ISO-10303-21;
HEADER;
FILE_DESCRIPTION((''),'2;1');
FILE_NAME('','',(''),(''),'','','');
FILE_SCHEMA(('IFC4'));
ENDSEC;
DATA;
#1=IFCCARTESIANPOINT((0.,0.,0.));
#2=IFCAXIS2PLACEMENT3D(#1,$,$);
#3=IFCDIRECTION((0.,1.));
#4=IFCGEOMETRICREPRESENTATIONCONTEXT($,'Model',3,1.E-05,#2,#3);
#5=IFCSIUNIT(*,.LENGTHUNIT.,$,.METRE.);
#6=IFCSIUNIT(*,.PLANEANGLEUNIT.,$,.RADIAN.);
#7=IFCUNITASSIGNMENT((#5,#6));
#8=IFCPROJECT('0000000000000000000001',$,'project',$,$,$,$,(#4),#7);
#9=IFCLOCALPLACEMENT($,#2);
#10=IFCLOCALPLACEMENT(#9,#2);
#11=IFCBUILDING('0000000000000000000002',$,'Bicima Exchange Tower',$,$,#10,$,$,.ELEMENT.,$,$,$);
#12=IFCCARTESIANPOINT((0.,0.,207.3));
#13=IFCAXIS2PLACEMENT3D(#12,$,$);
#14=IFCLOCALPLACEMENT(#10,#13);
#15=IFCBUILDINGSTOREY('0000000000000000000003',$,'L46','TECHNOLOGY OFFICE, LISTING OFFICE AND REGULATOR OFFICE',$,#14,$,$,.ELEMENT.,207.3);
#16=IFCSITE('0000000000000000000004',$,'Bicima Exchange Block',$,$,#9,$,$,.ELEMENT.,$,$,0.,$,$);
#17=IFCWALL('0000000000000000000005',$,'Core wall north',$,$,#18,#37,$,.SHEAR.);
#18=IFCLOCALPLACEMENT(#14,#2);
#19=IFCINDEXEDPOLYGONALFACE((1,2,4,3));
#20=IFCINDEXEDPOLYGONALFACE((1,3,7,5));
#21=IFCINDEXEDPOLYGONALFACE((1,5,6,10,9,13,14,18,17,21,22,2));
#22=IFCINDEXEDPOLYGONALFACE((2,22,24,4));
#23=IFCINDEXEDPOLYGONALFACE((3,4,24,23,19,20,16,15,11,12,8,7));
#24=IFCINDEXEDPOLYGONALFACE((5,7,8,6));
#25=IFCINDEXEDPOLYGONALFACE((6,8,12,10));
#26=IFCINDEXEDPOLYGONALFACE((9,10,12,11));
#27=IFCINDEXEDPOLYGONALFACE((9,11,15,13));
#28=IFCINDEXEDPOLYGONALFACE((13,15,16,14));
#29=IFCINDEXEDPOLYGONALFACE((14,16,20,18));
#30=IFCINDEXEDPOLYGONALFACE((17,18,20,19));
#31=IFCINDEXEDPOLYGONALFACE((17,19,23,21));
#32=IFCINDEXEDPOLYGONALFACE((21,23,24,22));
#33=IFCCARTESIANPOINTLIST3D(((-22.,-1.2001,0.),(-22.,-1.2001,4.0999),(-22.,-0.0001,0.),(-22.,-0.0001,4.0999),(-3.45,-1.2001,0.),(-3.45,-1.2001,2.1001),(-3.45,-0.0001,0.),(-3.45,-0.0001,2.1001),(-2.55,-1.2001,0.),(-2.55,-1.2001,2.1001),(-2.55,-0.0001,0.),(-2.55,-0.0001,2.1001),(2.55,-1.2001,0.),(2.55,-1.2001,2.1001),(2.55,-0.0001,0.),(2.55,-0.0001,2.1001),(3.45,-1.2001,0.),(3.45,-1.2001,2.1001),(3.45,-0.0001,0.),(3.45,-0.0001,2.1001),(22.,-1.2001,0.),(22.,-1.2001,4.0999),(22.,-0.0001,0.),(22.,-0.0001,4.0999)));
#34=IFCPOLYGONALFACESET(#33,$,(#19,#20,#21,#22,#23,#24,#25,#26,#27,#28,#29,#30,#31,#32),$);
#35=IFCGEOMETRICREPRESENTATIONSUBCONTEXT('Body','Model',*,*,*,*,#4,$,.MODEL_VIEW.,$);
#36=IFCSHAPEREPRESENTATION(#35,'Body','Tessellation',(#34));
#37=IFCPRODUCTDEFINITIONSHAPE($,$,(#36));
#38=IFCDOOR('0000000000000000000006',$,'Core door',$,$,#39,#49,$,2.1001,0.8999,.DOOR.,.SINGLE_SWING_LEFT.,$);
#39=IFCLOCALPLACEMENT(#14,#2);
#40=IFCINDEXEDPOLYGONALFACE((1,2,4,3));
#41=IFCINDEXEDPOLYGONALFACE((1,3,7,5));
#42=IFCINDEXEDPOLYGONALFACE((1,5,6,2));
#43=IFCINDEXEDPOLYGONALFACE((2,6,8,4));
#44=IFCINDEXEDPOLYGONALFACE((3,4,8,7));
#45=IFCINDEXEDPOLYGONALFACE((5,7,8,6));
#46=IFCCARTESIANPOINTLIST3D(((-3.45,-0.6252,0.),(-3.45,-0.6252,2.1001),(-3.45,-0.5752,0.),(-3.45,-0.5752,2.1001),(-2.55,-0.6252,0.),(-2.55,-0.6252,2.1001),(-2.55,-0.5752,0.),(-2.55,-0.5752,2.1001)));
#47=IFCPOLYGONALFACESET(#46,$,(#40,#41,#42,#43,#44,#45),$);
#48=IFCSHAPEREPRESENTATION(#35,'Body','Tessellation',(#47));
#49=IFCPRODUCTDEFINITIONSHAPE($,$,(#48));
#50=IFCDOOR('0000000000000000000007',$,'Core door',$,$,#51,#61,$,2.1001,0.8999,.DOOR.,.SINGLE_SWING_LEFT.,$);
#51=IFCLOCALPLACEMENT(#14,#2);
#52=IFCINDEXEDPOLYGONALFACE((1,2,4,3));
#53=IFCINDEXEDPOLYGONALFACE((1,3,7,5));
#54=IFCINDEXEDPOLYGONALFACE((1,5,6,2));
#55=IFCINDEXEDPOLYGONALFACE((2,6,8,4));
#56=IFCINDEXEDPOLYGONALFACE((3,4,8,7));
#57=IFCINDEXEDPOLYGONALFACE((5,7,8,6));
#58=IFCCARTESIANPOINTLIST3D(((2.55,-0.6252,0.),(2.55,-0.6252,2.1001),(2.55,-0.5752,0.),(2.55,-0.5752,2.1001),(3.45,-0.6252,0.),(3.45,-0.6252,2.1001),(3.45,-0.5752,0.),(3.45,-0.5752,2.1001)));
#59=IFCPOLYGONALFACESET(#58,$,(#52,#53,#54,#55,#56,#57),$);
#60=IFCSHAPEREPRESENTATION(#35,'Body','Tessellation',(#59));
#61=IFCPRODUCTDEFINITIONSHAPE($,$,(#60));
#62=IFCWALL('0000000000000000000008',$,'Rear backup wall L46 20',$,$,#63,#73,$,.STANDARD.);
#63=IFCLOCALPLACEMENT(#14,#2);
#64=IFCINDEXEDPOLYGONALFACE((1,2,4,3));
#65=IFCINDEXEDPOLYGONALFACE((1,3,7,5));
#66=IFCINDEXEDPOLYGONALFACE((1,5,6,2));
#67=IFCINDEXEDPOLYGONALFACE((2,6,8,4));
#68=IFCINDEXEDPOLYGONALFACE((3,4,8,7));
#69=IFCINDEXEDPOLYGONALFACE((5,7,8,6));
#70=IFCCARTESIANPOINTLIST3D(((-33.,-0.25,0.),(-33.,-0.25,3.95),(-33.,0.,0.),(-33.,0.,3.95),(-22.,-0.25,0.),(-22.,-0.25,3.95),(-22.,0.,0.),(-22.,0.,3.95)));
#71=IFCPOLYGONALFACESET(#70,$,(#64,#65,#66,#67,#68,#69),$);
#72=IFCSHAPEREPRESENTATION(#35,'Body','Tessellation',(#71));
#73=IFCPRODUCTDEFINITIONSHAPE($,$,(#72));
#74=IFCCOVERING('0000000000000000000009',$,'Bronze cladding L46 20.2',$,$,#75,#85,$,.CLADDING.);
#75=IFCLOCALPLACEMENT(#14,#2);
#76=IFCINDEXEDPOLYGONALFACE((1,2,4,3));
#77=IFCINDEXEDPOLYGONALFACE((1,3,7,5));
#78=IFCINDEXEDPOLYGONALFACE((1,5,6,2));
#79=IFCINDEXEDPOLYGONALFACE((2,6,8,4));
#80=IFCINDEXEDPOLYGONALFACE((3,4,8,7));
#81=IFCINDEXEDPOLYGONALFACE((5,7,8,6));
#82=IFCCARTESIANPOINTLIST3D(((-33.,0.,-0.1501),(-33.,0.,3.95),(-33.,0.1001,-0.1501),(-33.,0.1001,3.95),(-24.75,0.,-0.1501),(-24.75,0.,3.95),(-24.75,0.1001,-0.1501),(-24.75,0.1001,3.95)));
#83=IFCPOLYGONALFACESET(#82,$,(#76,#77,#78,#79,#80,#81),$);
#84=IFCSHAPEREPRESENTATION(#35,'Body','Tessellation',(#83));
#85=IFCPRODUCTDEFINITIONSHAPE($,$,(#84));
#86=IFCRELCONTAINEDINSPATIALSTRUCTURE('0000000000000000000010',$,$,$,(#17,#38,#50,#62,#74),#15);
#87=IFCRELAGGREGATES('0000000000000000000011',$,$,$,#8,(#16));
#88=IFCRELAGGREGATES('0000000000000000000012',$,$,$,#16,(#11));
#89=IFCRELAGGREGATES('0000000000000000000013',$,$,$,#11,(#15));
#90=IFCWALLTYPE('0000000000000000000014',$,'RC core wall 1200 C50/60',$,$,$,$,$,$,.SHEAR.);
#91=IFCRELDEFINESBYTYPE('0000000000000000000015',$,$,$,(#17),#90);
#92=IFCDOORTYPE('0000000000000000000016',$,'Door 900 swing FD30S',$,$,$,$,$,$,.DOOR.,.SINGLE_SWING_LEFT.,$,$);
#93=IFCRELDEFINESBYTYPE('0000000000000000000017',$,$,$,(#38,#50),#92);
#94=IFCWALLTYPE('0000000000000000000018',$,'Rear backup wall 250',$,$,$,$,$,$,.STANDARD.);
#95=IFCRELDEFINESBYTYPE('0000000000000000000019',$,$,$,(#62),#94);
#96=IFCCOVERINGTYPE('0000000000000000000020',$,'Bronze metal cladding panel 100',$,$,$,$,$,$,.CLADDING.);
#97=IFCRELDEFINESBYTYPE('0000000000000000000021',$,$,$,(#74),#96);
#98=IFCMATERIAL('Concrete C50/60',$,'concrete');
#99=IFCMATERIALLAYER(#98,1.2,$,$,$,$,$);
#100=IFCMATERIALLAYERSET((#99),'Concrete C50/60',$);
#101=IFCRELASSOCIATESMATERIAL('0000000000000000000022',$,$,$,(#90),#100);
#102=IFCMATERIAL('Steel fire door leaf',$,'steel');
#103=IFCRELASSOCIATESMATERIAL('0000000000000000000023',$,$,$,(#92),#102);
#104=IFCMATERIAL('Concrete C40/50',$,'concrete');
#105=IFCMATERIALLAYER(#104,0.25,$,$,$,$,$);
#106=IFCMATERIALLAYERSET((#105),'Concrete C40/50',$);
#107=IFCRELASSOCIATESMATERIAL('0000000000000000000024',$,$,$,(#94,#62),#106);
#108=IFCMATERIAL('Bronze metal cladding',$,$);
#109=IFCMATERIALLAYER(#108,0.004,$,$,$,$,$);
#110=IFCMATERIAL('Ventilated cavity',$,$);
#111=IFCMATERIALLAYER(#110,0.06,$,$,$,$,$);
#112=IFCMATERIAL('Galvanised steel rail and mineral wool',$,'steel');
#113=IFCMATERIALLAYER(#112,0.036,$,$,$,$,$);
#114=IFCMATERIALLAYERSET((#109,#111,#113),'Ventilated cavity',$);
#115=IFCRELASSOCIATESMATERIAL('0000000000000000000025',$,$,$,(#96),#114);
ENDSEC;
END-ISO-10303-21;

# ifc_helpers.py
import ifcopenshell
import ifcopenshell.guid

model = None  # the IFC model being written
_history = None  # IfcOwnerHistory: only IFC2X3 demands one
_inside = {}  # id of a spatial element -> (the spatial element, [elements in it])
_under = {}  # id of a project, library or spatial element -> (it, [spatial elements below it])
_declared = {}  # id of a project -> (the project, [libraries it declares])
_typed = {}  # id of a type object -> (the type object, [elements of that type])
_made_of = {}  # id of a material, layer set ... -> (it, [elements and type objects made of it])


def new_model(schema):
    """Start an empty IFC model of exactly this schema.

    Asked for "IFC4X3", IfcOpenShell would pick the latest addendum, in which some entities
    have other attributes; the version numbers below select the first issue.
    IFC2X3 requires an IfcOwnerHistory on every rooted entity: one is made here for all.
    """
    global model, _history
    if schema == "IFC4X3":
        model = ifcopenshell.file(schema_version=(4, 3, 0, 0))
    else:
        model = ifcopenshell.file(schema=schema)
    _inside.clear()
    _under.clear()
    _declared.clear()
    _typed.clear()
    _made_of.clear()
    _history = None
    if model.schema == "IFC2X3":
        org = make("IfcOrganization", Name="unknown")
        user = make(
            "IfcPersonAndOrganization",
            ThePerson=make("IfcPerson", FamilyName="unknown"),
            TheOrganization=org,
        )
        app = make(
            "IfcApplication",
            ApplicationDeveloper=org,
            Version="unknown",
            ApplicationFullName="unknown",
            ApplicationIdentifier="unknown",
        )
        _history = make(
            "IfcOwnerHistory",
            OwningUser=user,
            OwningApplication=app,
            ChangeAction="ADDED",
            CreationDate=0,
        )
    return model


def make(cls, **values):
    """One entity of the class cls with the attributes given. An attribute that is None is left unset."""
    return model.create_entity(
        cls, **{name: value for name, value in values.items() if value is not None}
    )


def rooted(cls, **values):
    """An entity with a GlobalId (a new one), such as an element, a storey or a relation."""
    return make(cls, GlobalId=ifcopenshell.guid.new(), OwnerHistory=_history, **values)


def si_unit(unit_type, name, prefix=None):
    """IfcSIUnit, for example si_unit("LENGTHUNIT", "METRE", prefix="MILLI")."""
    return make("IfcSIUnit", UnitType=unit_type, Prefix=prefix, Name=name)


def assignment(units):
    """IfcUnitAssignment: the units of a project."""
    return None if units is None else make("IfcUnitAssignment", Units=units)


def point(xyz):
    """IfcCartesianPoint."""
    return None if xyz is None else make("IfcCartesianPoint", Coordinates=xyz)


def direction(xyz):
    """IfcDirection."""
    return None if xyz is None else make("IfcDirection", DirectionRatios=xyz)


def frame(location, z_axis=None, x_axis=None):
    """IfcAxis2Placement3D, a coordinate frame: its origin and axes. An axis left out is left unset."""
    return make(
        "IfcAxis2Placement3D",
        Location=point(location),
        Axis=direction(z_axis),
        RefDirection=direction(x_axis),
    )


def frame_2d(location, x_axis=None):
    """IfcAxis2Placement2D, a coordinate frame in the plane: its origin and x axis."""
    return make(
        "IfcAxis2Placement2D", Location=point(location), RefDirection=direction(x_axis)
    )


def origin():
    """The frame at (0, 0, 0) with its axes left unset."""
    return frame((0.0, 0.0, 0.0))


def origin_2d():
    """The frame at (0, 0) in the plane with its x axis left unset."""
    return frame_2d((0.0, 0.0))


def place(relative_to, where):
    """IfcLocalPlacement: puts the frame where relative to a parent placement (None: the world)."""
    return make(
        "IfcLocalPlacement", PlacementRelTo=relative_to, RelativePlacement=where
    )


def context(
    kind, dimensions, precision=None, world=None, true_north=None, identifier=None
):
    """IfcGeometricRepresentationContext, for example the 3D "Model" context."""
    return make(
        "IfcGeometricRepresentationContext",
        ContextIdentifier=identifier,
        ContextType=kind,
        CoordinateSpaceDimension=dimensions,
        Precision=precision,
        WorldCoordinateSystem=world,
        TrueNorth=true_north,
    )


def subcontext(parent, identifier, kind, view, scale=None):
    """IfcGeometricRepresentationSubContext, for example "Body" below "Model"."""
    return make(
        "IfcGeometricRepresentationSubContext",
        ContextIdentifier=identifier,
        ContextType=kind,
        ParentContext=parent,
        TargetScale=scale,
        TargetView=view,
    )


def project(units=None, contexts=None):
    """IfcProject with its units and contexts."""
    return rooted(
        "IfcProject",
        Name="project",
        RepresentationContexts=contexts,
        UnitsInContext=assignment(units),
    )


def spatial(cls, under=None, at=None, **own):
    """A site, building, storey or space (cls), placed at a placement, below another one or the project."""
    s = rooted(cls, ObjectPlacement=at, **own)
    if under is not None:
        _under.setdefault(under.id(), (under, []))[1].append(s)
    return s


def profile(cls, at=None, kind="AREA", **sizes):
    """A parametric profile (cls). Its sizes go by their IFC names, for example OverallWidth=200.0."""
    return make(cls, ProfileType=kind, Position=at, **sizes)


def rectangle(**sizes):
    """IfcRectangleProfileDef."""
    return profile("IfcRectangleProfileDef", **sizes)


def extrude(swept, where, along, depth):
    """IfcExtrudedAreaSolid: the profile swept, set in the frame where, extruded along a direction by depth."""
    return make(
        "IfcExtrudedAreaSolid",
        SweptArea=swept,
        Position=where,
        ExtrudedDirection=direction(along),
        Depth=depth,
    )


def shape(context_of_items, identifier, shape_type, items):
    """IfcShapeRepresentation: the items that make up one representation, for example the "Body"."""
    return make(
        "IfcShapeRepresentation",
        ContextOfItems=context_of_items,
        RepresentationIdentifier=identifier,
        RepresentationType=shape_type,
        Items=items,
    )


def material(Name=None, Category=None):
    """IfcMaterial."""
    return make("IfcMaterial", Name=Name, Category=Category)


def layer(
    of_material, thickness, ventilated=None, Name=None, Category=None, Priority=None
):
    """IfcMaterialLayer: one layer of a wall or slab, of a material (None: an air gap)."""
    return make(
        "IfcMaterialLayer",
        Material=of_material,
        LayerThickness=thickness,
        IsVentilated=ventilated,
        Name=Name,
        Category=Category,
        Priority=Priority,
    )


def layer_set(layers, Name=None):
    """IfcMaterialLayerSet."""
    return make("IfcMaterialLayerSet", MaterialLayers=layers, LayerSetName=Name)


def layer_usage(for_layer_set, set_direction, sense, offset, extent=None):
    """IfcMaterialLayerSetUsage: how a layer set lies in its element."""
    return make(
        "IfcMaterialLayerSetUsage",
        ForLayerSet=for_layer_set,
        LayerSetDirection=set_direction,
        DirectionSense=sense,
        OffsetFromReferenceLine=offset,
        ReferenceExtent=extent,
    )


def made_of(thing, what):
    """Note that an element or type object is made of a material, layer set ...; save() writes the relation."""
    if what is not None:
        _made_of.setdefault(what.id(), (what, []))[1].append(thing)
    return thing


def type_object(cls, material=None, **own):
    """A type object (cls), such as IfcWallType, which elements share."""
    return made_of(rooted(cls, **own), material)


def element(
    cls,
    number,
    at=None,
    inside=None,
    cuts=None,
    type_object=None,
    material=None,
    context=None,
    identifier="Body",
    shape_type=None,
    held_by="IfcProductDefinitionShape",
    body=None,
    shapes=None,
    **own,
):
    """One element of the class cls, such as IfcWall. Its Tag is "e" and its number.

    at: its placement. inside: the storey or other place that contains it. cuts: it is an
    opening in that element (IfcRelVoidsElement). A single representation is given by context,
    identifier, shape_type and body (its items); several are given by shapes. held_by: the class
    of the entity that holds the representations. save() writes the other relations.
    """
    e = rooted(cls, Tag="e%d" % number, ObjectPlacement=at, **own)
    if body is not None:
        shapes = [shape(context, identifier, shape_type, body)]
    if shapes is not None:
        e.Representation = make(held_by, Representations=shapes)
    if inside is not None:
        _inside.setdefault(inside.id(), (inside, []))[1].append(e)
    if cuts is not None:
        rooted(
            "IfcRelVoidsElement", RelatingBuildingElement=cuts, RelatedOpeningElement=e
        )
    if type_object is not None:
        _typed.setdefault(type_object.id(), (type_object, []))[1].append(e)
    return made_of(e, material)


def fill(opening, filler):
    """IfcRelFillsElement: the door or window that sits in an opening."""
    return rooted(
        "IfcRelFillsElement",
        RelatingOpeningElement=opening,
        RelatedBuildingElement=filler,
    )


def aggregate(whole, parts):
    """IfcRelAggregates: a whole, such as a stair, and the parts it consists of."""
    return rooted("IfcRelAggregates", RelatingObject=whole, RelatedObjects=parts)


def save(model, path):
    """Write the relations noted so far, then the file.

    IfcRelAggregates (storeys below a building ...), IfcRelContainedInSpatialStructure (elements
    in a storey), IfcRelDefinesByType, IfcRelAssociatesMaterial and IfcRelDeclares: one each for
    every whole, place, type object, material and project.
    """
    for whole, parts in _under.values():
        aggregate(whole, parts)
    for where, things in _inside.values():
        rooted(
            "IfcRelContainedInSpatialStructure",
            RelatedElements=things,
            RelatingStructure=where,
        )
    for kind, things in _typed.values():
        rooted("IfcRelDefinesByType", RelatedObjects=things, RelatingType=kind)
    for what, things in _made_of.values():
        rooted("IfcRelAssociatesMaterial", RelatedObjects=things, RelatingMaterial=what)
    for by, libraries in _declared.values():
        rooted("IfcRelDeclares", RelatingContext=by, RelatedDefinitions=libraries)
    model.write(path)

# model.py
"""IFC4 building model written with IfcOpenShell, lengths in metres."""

from ifc_helpers import new_model, si_unit, direction, frame, frame_2d, origin, origin_2d, place, context, subcontext, project, spatial, rectangle, extrude, material, layer, layer_set, layer_usage, type_object, element, fill, save


model = new_model("IFC4")

# Units and contexts
model_context = context("Model", 3, precision=1e-05, world=origin(), true_north=direction((0.0, 1.0)))
body_context = subcontext(model_context, "Body", "Model", "MODEL_VIEW")
ifc_project = project(units=[si_unit("LENGTHUNIT", "METRE"), si_unit("PLANEANGLEUNIT", "RADIAN")], contexts=[model_context])

# Site, building, storey
site_placement = place(None, origin())
site = spatial("IfcSite", under=ifc_project, at=site_placement, Name="Bicima Exchange Block", CompositionType="ELEMENT", RefElevation=0.0)
building_placement = place(site_placement, origin())
building = spatial("IfcBuilding", under=site, at=building_placement, Name="Bicima Exchange Tower", CompositionType="ELEMENT")
storey_placement = place(building_placement, frame((0.0, 0.0, 207.3)))
storey = spatial("IfcBuildingStorey", under=building, at=storey_placement, Name="L46", Description="TECHNOLOGY OFFICE, LISTING OFFICE AND REGULATOR OFFICE", CompositionType="ELEMENT", Elevation=207.3)

# Wall, openings, doors
ifc_material_1 = material(Name="Concrete C50/60", Category="concrete")
ifc_layer_1 = layer(ifc_material_1, 1.2)
ifc_layer_set_1 = layer_set([ifc_layer_1], Name="Concrete C50/60")
wall_type_1 = type_object("IfcWallType", Name="RC core wall 1200 C50/60", PredefinedType="SHEAR", material=ifc_layer_set_1)
wall_1_placement = place(storey_placement, frame((-22.0, -0.6001, 0.0), z_axis=(0.0, 0.0, 1.0), x_axis=(1.0, 0.0, 0.0)))
wall_1 = element("IfcWall", 1, at=wall_1_placement, inside=storey, type_object=wall_type_1, Name="Core wall north", PredefinedType="SHEAR", context=body_context, shape_type="SweptSolid", body=[
    extrude(rectangle(XDim=44.0, YDim=1.2, at=frame_2d((22.0, 0.0))), origin(), (0.0, 0.0, 1.0), 4.0999),
])
opening_1_placement = place(wall_1_placement, frame((18.55, 0.0, 0.0)))
opening_1 = element("IfcOpeningElement", 2, at=opening_1_placement, cuts=wall_1, PredefinedType="OPENING", context=body_context, shape_type="SweptSolid", body=[
    extrude(rectangle(XDim=0.8999, YDim=2.1001, at=frame_2d((0.45, 1.05))), frame((0.0, 0.6118, 0.0), z_axis=(0.0, -1.0, 0.0), x_axis=(1.0, 0.0, 0.0)), (0.0, 0.0, 1.0), 1.2239),
])
opening_2_placement = place(wall_1_placement, frame((24.55, 0.0, 0.0)))
opening_2 = element("IfcOpeningElement", 3, at=opening_2_placement, cuts=wall_1, PredefinedType="OPENING", context=body_context, shape_type="SweptSolid", body=[
    extrude(rectangle(XDim=0.8999, YDim=2.1001, at=frame_2d((0.45, 1.05))), frame((0.0, 0.6118, 0.0), z_axis=(0.0, -1.0, 0.0), x_axis=(1.0, 0.0, 0.0)), (0.0, 0.0, 1.0), 1.2239),
])
ifc_material_2 = material(Name="Steel fire door leaf", Category="steel")
door_type = type_object("IfcDoorType", Name="Door 900 swing FD30S", OperationType="SINGLE_SWING_LEFT", PredefinedType="DOOR", material=ifc_material_2)
door_1_placement = place(opening_1_placement, origin())
door_1 = element("IfcDoor", 4, at=door_1_placement, inside=storey, type_object=door_type, Name="Core door", OperationType="SINGLE_SWING_LEFT", OverallHeight=2.1001, OverallWidth=0.8999, PredefinedType="DOOR", context=body_context, shape_type="SweptSolid", body=[
    extrude(rectangle(XDim=0.8999, YDim=2.1001, at=frame_2d((0.45, 1.05))), frame((0.0, 0.0249, 0.0), z_axis=(0.0, -1.0, 0.0), x_axis=(1.0, 0.0, 0.0)), (0.0, 0.0, 1.0), 0.05),
])
fill(opening_1, door_1)
door_2_placement = place(opening_2_placement, origin())
door_2 = element("IfcDoor", 5, at=door_2_placement, inside=storey, type_object=door_type, Name="Core door", OperationType="SINGLE_SWING_LEFT", OverallHeight=2.1001, OverallWidth=0.8999, PredefinedType="DOOR", context=body_context, shape_type="SweptSolid", body=[
    extrude(rectangle(XDim=0.8999, YDim=2.1001, at=frame_2d((0.45, 1.05))), frame((0.0, 0.0249, 0.0), z_axis=(0.0, -1.0, 0.0), x_axis=(1.0, 0.0, 0.0)), (0.0, 0.0, 1.0), 0.05),
])
fill(opening_2, door_2)

# Wall
ifc_material_3 = material(Name="Concrete C40/50", Category="concrete")
ifc_layer_2 = layer(ifc_material_3, 0.25)
ifc_layer_set_2 = layer_set([ifc_layer_2], Name="Concrete C40/50")
ifc_layer_usage = layer_usage(ifc_layer_set_2, "AXIS2", "POSITIVE", -0.125)
wall_type_2 = type_object("IfcWallType", Name="Rear backup wall 250", PredefinedType="STANDARD", material=ifc_layer_set_2)
wall_2_placement = place(storey_placement, frame((-22.0, -0.125, 0.0), z_axis=(0.0, 0.0, 1.0), x_axis=(-1.0, 0.0, 0.0)))
element("IfcWall", 6, at=wall_2_placement, inside=storey, type_object=wall_type_2, material=ifc_layer_usage, Name="Rear backup wall L46 20", PredefinedType="STANDARD", context=body_context, shape_type="SweptSolid", body=[
    extrude(rectangle(XDim=11.0, YDim=0.25, at=frame_2d((5.5, 0.0))), origin(), (0.0, 0.0, 1.0), 3.95),
])

# Covering
ifc_material_4 = material(Name="Bronze metal cladding")
ifc_layer_3 = layer(ifc_material_4, 0.004)
ifc_material_5 = material(Name="Ventilated cavity")
ifc_layer_4 = layer(ifc_material_5, 0.06)
ifc_material_6 = material(Name="Galvanised steel rail and mineral wool", Category="steel")
ifc_layer_5 = layer(ifc_material_6, 0.036)
ifc_layer_set_3 = layer_set([ifc_layer_3, ifc_layer_4, ifc_layer_5], Name="Ventilated cavity")
covering_type = type_object("IfcCoveringType", Name="Bronze metal cladding panel 100", PredefinedType="CLADDING", material=ifc_layer_set_3)
covering_placement = place(storey_placement, frame((-28.875, 0.05, -0.1501), z_axis=(0.0, 0.0, 1.0), x_axis=(-1.0, 0.0, 0.0)))
element("IfcCovering", 7, at=covering_placement, inside=storey, type_object=covering_type, Name="Bronze cladding L46 20.2", PredefinedType="CLADDING", context=body_context, shape_type="SweptSolid", body=[
    extrude(rectangle(XDim=8.25, YDim=0.1001, at=origin_2d()), origin(), (0.0, 0.0, 1.0), 4.1001),
])

save(model, "model.ifc")
